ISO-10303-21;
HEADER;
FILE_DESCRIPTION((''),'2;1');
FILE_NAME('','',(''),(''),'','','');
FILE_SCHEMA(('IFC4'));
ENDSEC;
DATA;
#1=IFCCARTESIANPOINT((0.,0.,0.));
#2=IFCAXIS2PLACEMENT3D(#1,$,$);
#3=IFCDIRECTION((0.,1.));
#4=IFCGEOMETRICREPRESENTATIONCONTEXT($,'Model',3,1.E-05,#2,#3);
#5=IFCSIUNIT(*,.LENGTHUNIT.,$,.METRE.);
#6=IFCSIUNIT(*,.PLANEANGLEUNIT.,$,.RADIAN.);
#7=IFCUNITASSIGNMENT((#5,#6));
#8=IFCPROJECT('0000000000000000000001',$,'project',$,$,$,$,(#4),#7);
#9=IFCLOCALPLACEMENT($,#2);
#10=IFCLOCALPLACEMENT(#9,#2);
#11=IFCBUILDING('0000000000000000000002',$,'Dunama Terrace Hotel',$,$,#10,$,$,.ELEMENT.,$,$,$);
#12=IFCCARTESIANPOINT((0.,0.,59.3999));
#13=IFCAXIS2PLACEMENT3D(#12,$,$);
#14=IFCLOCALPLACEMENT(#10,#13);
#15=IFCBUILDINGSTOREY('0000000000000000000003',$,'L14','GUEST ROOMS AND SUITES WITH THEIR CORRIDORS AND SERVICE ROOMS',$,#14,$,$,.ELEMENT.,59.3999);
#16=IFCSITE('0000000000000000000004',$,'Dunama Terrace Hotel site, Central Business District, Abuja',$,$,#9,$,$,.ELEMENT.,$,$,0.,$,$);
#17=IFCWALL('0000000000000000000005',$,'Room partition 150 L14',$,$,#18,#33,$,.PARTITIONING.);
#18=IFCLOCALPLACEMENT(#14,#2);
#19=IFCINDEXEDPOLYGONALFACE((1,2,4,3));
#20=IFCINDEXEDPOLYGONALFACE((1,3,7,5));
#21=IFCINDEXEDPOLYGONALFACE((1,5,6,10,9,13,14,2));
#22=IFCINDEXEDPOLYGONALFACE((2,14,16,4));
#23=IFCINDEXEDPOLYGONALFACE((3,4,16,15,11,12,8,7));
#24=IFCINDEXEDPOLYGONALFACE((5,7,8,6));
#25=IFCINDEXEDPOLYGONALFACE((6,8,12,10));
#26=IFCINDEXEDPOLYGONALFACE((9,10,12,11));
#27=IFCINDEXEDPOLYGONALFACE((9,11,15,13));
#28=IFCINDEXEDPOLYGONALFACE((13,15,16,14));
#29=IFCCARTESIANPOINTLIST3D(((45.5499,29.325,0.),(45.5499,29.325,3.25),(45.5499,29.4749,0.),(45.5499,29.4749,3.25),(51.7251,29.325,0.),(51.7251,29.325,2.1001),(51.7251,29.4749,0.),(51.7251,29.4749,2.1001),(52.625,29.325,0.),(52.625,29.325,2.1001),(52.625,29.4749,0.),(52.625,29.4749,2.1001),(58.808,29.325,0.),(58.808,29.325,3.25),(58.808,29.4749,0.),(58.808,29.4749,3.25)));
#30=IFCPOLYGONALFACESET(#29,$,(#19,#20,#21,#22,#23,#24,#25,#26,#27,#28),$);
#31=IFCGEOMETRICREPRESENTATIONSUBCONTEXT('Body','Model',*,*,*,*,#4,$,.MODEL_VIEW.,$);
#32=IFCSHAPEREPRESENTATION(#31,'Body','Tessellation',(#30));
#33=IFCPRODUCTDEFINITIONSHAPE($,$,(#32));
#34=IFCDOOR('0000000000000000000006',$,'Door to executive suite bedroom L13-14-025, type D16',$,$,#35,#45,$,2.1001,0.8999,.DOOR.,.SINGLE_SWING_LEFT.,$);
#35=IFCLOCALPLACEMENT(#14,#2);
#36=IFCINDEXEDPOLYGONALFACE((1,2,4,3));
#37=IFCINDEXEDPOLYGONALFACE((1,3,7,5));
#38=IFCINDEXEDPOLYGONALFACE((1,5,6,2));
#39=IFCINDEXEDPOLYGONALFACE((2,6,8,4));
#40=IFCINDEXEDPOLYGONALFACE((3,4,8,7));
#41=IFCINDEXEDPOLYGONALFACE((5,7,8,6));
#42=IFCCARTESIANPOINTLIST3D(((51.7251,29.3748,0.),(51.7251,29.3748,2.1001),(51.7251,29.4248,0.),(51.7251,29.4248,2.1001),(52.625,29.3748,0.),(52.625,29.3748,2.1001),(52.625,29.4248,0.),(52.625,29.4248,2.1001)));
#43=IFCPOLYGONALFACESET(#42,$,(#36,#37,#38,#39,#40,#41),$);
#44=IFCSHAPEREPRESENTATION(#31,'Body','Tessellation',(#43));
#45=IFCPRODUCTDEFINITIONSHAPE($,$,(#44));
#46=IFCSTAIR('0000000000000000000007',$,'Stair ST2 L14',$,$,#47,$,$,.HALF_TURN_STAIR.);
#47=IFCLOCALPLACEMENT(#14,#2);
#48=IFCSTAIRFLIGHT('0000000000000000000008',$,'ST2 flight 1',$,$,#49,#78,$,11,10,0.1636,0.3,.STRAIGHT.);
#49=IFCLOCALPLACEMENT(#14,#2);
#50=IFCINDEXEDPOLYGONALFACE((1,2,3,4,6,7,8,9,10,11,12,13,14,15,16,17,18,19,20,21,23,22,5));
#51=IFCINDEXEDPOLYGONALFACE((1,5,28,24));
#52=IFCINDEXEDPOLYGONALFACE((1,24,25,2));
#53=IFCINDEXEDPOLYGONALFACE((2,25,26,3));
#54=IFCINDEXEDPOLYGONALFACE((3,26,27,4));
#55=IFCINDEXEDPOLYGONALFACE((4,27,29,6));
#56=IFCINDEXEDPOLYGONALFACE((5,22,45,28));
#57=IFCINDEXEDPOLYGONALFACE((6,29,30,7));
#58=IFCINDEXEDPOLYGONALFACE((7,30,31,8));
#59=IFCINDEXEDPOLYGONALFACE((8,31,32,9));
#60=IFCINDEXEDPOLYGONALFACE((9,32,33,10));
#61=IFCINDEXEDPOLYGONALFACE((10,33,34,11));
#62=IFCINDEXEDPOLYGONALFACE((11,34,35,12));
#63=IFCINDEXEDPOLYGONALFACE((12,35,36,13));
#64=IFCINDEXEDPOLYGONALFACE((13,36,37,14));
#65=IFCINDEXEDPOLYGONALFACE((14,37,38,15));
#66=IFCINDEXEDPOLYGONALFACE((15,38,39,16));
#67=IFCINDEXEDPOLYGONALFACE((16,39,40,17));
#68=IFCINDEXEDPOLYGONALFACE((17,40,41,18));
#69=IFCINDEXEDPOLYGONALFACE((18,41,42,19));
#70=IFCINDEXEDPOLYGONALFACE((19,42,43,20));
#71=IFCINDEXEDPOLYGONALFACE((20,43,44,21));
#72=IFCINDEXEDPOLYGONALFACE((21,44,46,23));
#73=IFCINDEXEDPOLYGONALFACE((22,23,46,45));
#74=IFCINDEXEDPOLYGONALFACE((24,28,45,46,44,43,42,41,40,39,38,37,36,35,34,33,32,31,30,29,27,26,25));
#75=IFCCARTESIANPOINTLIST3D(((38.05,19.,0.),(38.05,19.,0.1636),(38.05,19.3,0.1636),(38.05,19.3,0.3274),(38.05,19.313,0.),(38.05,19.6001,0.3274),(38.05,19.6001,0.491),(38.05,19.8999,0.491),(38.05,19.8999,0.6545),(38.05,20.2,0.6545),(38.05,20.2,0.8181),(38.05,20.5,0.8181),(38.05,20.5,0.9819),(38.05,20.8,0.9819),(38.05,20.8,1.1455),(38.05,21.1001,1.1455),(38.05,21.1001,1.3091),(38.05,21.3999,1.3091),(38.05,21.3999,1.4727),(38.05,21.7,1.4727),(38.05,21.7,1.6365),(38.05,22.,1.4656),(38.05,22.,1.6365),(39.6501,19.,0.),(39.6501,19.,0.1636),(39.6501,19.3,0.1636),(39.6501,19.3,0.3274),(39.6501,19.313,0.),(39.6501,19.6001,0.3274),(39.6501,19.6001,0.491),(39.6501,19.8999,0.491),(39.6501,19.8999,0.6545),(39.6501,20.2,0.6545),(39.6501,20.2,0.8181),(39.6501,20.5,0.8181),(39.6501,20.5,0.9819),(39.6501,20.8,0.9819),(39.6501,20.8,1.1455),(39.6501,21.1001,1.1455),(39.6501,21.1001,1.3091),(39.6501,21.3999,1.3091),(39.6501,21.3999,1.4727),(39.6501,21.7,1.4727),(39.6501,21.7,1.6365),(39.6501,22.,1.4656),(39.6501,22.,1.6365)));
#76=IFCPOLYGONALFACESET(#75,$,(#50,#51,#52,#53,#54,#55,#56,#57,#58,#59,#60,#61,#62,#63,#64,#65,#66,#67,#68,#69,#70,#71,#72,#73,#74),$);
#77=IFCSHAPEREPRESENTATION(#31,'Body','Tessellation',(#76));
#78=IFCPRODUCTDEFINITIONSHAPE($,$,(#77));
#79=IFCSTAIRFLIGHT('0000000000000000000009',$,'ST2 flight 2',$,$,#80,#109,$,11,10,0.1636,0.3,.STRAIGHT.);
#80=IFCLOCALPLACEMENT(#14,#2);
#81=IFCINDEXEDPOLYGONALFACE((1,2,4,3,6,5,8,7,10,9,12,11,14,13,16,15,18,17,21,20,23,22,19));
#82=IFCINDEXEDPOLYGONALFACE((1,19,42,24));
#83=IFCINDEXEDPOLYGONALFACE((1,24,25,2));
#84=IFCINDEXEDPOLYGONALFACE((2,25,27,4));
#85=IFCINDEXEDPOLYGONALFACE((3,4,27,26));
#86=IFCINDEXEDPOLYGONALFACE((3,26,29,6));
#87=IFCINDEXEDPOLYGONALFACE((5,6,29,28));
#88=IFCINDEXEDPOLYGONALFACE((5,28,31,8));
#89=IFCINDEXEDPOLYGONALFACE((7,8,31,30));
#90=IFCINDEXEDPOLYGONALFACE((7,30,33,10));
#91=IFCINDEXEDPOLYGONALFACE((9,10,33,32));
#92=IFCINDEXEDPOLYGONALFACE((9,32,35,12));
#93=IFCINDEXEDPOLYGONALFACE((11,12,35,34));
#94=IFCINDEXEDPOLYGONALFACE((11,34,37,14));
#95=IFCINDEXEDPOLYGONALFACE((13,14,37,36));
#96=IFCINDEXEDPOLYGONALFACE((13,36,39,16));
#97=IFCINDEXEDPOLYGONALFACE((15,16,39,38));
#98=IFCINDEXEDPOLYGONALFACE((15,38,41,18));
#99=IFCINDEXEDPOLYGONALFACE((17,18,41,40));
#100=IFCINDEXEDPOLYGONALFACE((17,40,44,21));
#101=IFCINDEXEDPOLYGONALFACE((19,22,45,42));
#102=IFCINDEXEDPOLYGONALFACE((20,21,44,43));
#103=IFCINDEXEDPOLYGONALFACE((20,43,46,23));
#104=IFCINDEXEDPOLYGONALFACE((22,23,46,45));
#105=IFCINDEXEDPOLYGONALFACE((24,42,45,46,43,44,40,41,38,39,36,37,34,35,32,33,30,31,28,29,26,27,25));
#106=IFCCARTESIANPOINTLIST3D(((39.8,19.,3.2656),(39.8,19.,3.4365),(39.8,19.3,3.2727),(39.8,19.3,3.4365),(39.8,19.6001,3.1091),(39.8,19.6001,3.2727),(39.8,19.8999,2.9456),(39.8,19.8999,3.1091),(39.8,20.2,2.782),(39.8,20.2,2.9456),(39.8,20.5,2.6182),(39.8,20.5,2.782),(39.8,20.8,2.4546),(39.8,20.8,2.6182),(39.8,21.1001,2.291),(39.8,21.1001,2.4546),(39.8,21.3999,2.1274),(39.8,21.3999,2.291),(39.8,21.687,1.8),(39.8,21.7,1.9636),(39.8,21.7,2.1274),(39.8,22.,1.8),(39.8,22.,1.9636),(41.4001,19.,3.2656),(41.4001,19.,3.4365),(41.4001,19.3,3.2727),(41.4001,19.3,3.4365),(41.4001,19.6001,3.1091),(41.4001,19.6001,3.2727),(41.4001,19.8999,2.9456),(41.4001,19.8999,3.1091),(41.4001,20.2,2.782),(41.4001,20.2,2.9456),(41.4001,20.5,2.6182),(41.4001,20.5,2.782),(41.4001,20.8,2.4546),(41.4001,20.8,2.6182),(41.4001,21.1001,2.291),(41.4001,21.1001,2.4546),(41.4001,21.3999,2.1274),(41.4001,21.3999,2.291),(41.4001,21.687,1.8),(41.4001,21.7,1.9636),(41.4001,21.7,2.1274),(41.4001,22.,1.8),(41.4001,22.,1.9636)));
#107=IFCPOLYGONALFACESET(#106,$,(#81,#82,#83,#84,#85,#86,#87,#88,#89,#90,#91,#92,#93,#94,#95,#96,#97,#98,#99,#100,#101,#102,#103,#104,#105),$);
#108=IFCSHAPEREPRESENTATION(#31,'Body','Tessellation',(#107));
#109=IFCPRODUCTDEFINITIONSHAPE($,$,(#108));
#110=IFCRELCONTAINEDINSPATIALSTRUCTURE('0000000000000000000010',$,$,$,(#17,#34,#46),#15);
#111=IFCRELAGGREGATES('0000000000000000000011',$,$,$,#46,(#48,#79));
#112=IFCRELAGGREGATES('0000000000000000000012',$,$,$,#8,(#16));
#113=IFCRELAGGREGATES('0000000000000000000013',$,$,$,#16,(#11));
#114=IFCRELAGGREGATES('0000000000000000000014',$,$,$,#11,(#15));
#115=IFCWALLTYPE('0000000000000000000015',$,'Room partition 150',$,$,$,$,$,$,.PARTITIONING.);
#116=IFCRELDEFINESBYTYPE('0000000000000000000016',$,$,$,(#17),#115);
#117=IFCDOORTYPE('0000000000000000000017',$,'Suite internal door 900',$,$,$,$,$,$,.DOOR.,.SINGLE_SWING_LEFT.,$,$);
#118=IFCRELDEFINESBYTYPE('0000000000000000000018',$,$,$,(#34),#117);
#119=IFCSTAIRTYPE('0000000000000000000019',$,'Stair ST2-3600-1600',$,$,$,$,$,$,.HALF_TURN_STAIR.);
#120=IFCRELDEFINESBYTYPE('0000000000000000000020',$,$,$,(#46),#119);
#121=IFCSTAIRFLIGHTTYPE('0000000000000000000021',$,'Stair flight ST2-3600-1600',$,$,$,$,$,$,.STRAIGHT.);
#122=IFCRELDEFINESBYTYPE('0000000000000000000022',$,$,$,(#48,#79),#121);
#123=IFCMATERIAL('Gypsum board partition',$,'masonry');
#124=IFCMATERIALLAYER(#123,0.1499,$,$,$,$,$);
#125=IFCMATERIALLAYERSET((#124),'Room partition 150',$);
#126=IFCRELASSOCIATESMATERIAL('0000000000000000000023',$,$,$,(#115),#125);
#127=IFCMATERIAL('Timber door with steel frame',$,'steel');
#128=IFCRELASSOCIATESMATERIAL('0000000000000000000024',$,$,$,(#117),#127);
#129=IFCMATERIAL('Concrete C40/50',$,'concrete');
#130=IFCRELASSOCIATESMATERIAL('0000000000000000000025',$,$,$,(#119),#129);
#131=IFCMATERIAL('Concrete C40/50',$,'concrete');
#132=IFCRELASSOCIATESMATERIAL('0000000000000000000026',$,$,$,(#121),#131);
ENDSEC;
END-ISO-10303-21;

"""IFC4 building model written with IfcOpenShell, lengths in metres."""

from ifc_helpers import new_model, si_unit, direction, frame, frame_2d, origin, place, context, subcontext, project, spatial, polyline, rectangle, outline, extrude, material, layer, layer_set, type_object, element, fill, aggregate, save


model = new_model("IFC4")

# Units and contexts
model_context = context("Model", 3, precision=1e-05, world=origin(), true_north=direction((0.0, 1.0)))
body_context = subcontext(model_context, "Body", "Model", "MODEL_VIEW")
ifc_project = project(units=[si_unit("LENGTHUNIT", "METRE"), si_unit("PLANEANGLEUNIT", "RADIAN")], contexts=[model_context])

# Site, building, storey
site_placement = place(None, origin())
site = spatial("IfcSite", under=ifc_project, at=site_placement, Name="Dunama Terrace Hotel site, Central Business District, Abuja", CompositionType="ELEMENT", RefElevation=0.0)
building_placement = place(site_placement, origin())
building = spatial("IfcBuilding", under=site, at=building_placement, Name="Dunama Terrace Hotel", CompositionType="ELEMENT")
storey_placement = place(building_placement, frame((0.0, 0.0, 59.3999)))
storey = spatial("IfcBuildingStorey", under=building, at=storey_placement, Name="L14", Description="GUEST ROOMS AND SUITES WITH THEIR CORRIDORS AND SERVICE ROOMS", CompositionType="ELEMENT", Elevation=59.3999)

# Wall, opening, door
ifc_material_1 = material(Name="Gypsum board partition", Category="masonry")
ifc_layer_1 = layer(ifc_material_1, 0.1499)
ifc_layer_set_1 = layer_set([ifc_layer_1], Name="Room partition 150")
wall_type_1 = type_object("IfcWallType", Name="Room partition 150", PredefinedType="PARTITIONING", material=ifc_layer_set_1)
ifc_material_2 = material(Name="Timber door with steel frame", Category="steel")
door_type_1 = type_object("IfcDoorType", Name="Suite internal door 900", OperationType="SINGLE_SWING_LEFT", PredefinedType="DOOR", material=ifc_material_2)
wall_1_placement = place(storey_placement, frame((45.55, 29.3999, 0.0), z_axis=(0.0, 0.0, 1.0), x_axis=(1.0, 0.0, 0.0)))
wall_1 = element("IfcWall", 1, at=wall_1_placement, inside=storey, type_object=wall_type_1, Name="Room partition 150 L14", PredefinedType="PARTITIONING", context=body_context, shape_type="SweptSolid", body=[
    extrude(rectangle(XDim=13.2581, YDim=0.1499, at=frame_2d((6.6289, 0.0))), origin(), (0.0, 0.0, 1.0), 3.25),
])
opening_1_placement = place(wall_1_placement, frame((6.175, 0.0, 0.0)))
opening_1 = element("IfcOpeningElement", 2, at=opening_1_placement, cuts=wall_1, PredefinedType="OPENING", context=body_context, shape_type="SweptSolid", body=[
    extrude(rectangle(XDim=0.8999, YDim=2.1001, at=frame_2d((0.45, 1.05))), frame((0.0, 0.085, 0.0), z_axis=(0.0, -1.0, 0.0), x_axis=(1.0, 0.0, 0.0)), (0.0, 0.0, 1.0), 0.1699),
])
door_1_placement = place(opening_1_placement, origin())
door_1 = element("IfcDoor", 3, at=door_1_placement, inside=storey, type_object=door_type_1, Name="Door to executive suite bedroom L13-14-025, type D16", OperationType="SINGLE_SWING_LEFT", OverallHeight=2.1001, OverallWidth=0.8999, PredefinedType="DOOR", context=body_context, shape_type="SweptSolid", body=[
    extrude(rectangle(XDim=0.8999, YDim=2.1001, at=frame_2d((0.45, 1.05))), frame((0.0, 0.0249, 0.0), z_axis=(0.0, -1.0, 0.0), x_axis=(1.0, 0.0, 0.0)), (0.0, 0.0, 1.0), 0.05),
])
fill(opening_1, door_1)

# Stair, stair flights
ifc_material_3 = material(Name="Concrete C40/50", Category="concrete")
stair_type = type_object("IfcStairType", Name="Stair ST2-3600-1600", PredefinedType="HALF_TURN_STAIR", material=ifc_material_3)
stair_placement = place(storey_placement, origin())
stair = element("IfcStair", 4, at=stair_placement, inside=storey, type_object=stair_type, Name="Stair ST2 L14", PredefinedType="HALF_TURN_STAIR")
ifc_material_4 = material(Name="Concrete C40/50", Category="concrete")
stair_flight_type = type_object("IfcStairFlightType", Name="Stair flight ST2-3600-1600", PredefinedType="STRAIGHT", material=ifc_material_4)
stair_flight_1_placement = place(storey_placement, frame((38.8501, 19.0, 0.0), z_axis=(0.0, 0.0, 1.0), x_axis=(0.0, 1.0, 0.0)))
stair_flight_1 = element("IfcStairFlight", 5, at=stair_flight_1_placement, type_object=stair_flight_type, Name="ST2 flight 1", NumberOfRisers=11, NumberOfTreads=10, PredefinedType="STRAIGHT", RiserHeight=0.1636, TreadLength=0.3, context=body_context, shape_type="SweptSolid", body=[
    extrude(outline(polyline([(0.0, 0.0), (0.0, 0.1636), (0.3, 0.1636), (0.3, 0.3274), (0.6001, 0.3274), (0.6001, 0.491), (0.8999, 0.491), (0.8999, 0.6545), (1.2, 0.6545), (1.2, 0.8181), (1.5, 0.8181), (1.5, 0.9819), (1.8, 0.9819), (1.8, 1.1455), (2.1001, 1.1455), (2.1001, 1.3091), (2.3999, 1.3091), (2.3999, 1.4727), (2.7, 1.4727), (2.7, 1.6365), (3.0, 1.6365), (3.0, 1.8), (3.0, 1.4656), (0.313, 0.0), (0.0, 0.0)])), frame((0.0, 0.8, 0.0), z_axis=(0.0, -1.0, 0.0), x_axis=(1.0, 0.0, 0.0)), (0.0, 0.0, 1.0), 1.6001),
])
stair_flight_2_placement = place(storey_placement, frame((40.6001, 22.0, 1.8), z_axis=(0.0, 0.0, 1.0), x_axis=(0.0, -1.0, 0.0)))
stair_flight_2 = element("IfcStairFlight", 6, at=stair_flight_2_placement, type_object=stair_flight_type, Name="ST2 flight 2", NumberOfRisers=11, NumberOfTreads=10, PredefinedType="STRAIGHT", RiserHeight=0.1636, TreadLength=0.3, context=body_context, shape_type="SweptSolid", body=[
    extrude(outline(polyline([(0.0, 0.0), (0.0, 0.1636), (0.3, 0.1636), (0.3, 0.3274), (0.6001, 0.3274), (0.6001, 0.491), (0.8999, 0.491), (0.8999, 0.6545), (1.2, 0.6545), (1.2, 0.8181), (1.5, 0.8181), (1.5, 0.9819), (1.8, 0.9819), (1.8, 1.1455), (2.1001, 1.1455), (2.1001, 1.3091), (2.3999, 1.3091), (2.3999, 1.4727), (2.7, 1.4727), (2.7, 1.6365), (3.0, 1.6365), (3.0, 1.8), (3.0, 1.4656), (0.313, 0.0), (0.0, 0.0)])), frame((0.0, 0.8, 0.0), z_axis=(0.0, -1.0, 0.0), x_axis=(1.0, 0.0, 0.0)), (0.0, 0.0, 1.0), 1.6001),
])
aggregate(stair, [stair_flight_1, stair_flight_2])

save(model, "model.ifc")
